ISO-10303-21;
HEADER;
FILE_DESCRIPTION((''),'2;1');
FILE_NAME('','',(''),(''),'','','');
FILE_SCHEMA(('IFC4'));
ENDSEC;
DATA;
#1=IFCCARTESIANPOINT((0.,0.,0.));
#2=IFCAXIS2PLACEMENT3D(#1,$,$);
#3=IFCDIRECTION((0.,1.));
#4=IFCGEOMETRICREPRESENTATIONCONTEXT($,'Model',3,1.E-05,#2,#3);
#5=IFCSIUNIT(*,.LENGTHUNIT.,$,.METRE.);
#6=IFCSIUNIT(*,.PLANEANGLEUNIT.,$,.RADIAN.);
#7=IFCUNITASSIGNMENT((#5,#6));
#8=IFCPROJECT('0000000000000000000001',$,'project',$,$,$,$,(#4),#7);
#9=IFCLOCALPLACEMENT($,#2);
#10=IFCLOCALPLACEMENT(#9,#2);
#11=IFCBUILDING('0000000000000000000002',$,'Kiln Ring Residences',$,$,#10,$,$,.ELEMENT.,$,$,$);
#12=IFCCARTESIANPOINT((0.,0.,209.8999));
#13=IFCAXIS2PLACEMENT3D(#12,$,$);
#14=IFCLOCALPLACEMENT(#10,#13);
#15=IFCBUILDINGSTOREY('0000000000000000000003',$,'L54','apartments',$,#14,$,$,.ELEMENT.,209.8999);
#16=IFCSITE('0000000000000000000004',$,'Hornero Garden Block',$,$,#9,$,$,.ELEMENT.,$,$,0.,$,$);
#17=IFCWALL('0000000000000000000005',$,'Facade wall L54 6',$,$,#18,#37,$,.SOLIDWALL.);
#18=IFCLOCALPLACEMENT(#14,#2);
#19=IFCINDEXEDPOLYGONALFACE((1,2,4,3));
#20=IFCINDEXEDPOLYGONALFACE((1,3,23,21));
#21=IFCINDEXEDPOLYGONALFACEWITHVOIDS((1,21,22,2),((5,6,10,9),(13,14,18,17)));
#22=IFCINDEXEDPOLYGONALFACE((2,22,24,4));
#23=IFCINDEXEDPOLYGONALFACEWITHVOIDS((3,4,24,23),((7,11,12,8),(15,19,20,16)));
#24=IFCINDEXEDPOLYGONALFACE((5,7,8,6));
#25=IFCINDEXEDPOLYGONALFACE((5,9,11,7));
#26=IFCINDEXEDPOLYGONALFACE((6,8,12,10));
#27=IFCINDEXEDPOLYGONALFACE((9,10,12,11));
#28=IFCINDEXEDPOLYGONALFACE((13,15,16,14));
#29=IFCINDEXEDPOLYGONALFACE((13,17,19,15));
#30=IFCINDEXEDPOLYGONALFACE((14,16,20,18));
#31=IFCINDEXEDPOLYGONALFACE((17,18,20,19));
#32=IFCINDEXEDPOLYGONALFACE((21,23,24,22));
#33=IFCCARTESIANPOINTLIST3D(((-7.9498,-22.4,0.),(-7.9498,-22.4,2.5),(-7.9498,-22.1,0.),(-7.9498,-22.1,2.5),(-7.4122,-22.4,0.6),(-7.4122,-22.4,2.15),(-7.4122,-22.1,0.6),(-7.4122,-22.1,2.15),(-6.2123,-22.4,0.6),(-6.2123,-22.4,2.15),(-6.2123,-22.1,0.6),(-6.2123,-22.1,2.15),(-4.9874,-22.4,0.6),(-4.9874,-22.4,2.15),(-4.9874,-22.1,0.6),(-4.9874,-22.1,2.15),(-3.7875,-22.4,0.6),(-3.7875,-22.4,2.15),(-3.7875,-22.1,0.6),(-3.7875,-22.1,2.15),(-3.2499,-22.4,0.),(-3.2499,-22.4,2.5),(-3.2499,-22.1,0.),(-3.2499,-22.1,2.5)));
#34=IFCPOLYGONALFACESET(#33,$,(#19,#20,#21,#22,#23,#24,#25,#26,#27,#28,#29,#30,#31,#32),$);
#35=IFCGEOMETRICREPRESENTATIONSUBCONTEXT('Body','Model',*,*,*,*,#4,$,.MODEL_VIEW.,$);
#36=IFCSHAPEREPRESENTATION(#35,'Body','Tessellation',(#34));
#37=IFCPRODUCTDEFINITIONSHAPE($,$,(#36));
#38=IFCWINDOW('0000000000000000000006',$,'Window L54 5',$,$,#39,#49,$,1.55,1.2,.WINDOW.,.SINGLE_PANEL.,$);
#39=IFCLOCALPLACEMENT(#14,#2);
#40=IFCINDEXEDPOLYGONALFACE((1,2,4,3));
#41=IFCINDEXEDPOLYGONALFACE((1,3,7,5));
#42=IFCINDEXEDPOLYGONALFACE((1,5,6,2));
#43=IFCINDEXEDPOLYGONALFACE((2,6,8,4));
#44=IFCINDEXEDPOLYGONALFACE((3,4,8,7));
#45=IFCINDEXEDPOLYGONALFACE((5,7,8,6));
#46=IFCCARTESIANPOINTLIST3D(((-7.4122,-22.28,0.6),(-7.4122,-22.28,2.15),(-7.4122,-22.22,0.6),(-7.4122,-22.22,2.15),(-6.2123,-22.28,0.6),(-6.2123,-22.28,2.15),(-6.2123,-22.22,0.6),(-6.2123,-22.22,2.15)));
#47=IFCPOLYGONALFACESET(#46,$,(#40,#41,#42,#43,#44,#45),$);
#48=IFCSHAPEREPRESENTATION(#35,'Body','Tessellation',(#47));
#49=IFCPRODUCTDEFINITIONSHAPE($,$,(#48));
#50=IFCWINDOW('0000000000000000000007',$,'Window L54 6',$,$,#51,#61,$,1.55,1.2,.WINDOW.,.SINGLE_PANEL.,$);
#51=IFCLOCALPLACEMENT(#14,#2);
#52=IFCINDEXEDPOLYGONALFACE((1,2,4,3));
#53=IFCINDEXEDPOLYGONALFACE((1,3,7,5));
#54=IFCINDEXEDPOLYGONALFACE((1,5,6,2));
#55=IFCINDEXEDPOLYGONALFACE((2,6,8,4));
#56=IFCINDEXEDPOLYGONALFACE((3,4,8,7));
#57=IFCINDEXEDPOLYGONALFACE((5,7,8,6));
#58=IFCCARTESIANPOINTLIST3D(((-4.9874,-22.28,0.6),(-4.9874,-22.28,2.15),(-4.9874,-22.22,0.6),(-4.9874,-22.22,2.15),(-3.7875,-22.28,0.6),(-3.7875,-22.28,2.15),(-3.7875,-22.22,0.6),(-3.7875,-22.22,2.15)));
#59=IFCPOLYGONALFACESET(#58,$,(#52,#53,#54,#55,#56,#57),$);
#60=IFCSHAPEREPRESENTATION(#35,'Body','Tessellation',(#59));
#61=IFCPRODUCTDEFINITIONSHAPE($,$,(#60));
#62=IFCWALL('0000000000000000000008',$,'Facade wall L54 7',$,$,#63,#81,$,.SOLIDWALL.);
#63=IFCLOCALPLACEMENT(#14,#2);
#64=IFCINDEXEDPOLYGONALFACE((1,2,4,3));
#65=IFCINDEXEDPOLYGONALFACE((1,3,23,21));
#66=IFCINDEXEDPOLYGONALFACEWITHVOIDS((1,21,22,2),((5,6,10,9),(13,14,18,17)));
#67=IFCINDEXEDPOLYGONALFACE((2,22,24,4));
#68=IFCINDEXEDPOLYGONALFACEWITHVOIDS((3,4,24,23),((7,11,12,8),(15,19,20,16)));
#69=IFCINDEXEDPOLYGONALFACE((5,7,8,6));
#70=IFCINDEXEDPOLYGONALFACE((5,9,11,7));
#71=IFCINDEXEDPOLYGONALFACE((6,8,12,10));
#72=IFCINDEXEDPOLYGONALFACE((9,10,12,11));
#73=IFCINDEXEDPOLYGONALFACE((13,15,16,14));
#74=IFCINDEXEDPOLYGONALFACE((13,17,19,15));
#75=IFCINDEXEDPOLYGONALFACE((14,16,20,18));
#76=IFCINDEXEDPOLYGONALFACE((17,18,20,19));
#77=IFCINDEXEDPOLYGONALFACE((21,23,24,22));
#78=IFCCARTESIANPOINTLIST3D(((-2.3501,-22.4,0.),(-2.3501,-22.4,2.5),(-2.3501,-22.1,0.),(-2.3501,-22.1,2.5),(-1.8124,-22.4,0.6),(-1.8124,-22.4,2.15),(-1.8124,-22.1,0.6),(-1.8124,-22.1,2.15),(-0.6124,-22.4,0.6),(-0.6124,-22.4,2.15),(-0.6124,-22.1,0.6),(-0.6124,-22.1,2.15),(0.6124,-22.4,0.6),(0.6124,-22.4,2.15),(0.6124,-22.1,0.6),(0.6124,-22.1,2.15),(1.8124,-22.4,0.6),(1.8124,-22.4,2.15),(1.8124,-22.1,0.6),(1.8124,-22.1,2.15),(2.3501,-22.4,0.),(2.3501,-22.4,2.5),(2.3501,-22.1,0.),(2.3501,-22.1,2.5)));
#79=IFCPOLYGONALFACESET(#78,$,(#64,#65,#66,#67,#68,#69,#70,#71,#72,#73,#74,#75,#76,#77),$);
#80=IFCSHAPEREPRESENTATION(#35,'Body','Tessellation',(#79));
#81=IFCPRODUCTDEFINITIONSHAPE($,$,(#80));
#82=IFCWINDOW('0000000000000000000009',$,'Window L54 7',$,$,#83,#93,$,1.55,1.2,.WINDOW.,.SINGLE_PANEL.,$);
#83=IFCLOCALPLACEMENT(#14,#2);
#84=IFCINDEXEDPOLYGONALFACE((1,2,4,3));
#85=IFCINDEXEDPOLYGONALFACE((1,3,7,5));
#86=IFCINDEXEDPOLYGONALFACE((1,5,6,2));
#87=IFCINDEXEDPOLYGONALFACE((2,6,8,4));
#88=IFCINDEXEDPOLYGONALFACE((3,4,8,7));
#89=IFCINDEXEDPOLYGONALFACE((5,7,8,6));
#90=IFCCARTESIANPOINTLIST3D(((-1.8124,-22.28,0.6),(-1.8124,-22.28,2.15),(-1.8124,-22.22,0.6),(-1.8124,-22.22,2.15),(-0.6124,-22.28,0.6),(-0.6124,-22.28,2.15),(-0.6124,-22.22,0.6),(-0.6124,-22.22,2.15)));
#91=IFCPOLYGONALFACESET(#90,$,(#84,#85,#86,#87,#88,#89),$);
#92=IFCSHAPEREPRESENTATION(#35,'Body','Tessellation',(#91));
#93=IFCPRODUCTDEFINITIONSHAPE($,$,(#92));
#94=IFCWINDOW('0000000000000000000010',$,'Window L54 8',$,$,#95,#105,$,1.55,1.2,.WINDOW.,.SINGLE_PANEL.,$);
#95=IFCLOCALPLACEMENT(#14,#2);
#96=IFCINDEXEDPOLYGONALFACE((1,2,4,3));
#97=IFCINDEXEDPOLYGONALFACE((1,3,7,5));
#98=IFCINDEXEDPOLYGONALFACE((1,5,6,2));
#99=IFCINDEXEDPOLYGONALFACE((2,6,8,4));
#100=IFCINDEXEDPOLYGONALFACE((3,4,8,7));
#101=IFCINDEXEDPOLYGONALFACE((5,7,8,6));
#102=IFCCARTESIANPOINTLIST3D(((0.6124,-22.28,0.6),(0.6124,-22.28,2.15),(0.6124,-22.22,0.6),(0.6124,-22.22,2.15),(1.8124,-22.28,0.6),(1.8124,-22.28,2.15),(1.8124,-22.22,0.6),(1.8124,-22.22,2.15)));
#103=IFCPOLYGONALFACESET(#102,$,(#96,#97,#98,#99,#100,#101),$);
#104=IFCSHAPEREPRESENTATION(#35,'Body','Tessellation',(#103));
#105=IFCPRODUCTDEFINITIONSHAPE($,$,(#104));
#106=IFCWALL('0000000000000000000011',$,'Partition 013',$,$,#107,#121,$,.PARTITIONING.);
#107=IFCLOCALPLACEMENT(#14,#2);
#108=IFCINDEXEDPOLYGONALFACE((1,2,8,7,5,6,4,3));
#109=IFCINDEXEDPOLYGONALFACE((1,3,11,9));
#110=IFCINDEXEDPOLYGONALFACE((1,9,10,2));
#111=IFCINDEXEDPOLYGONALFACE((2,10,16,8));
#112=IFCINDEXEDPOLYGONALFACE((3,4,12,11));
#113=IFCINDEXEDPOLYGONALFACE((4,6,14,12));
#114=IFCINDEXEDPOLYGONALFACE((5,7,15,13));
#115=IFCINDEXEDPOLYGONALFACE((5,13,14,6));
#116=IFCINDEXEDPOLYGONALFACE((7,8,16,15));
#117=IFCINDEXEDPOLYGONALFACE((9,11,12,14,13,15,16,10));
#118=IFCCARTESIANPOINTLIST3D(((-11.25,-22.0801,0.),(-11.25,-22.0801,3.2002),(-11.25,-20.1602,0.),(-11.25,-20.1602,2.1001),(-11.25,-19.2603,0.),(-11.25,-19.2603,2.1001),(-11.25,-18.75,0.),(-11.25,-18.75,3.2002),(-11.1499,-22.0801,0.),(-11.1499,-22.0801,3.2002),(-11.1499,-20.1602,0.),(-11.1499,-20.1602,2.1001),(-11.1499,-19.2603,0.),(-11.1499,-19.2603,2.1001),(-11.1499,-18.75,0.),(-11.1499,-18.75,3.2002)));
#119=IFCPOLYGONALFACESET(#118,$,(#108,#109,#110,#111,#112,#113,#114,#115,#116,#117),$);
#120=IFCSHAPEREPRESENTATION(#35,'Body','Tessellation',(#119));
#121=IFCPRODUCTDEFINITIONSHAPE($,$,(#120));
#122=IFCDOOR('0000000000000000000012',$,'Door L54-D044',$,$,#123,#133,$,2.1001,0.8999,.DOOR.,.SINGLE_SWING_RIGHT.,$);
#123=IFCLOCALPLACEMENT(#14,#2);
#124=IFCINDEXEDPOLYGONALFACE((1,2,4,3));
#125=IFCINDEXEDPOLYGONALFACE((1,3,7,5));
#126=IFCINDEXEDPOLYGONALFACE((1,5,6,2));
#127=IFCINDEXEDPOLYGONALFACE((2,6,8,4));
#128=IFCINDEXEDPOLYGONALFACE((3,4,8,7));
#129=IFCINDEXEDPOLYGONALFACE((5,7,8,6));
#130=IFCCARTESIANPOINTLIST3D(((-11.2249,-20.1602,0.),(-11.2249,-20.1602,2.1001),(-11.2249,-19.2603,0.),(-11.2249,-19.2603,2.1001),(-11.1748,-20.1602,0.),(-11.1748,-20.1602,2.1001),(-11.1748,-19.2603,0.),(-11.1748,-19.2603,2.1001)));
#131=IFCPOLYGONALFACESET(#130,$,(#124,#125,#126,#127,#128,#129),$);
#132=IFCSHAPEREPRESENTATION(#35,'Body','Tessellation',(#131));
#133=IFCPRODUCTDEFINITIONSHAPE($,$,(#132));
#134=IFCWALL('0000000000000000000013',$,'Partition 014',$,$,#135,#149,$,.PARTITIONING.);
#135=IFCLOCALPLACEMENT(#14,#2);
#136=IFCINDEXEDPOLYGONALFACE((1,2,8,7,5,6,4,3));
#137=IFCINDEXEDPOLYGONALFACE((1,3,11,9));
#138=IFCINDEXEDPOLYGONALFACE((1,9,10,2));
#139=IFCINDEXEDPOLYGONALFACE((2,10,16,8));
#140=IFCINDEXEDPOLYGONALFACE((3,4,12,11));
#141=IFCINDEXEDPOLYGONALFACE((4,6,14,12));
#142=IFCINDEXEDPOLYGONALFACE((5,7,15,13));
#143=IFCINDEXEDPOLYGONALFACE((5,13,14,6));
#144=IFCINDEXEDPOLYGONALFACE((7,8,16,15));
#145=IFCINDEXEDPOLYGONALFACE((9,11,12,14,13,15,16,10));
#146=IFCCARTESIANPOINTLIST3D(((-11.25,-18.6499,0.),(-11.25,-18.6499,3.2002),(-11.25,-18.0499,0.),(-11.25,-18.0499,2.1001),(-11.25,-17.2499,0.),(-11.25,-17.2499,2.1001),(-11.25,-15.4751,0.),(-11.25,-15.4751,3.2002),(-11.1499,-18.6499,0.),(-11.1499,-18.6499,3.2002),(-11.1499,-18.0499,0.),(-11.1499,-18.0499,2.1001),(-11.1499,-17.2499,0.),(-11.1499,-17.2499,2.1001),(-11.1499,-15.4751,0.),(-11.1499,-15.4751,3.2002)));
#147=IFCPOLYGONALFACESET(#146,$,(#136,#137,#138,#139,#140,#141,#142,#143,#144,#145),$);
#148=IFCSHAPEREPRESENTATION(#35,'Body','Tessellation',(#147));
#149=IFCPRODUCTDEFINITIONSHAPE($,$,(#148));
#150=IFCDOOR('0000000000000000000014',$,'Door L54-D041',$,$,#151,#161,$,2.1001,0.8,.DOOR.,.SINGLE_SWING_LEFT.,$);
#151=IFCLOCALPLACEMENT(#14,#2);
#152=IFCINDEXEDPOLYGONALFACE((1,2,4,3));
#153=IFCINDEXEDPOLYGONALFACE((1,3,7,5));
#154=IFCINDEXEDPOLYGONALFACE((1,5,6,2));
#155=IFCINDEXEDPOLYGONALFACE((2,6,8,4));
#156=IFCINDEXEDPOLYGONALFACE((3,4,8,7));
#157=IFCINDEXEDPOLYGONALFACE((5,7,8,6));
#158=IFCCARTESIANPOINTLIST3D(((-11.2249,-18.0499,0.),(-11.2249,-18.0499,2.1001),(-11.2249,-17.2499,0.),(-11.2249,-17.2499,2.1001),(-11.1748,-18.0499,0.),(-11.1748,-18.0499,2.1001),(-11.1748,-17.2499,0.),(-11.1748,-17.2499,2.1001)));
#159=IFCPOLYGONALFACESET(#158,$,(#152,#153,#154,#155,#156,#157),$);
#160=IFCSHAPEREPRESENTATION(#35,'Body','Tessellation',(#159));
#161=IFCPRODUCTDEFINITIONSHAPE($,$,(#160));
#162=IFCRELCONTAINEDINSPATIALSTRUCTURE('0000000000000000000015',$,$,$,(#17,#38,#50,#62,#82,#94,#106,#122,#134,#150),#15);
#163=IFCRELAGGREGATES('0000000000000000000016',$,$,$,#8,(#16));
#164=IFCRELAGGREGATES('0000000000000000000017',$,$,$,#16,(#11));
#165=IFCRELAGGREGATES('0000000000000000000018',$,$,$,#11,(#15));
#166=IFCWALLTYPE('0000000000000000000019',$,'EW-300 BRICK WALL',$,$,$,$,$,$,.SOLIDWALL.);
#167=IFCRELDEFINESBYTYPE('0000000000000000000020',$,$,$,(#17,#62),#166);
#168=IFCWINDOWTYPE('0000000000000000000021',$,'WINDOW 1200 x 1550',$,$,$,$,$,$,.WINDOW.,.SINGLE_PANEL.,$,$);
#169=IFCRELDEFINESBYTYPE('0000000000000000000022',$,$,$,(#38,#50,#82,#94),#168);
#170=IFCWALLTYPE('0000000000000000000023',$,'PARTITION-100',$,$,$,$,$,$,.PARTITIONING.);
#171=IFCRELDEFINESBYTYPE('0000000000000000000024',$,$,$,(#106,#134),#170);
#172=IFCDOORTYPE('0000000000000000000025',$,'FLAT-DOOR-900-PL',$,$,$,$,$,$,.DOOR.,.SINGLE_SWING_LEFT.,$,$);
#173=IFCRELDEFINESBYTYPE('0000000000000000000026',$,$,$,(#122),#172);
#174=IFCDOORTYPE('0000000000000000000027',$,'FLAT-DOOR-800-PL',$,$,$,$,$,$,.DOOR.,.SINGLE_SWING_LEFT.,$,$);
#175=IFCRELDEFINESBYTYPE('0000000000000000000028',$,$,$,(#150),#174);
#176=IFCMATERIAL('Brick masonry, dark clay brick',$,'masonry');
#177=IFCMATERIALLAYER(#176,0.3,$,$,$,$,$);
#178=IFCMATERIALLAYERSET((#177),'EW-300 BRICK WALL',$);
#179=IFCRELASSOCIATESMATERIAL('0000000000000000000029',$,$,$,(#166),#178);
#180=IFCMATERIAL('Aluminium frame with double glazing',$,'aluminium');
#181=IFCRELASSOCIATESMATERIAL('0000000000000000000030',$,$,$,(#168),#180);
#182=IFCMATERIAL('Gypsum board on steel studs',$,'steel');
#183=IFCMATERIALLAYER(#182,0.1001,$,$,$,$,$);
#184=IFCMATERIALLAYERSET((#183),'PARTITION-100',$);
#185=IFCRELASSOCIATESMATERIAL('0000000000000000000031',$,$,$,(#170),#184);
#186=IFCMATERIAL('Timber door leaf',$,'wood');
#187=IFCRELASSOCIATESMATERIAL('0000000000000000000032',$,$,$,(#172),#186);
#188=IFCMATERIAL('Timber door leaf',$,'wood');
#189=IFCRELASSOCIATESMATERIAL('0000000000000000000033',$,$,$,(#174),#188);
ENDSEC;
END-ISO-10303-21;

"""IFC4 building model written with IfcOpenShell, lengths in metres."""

from ifc_helpers import new_model, si_unit, direction, frame, frame_2d, origin, place, context, subcontext, project, spatial, rectangle, extrude, material, layer, layer_set, type_object, element, fill, save


model = new_model("IFC4")

# Units and contexts
model_context = context("Model", 3, precision=1e-05, world=origin(), true_north=direction((0.0, 1.0)))
body_context = subcontext(model_context, "Body", "Model", "MODEL_VIEW")
ifc_project = project(units=[si_unit("LENGTHUNIT", "METRE"), si_unit("PLANEANGLEUNIT", "RADIAN")], contexts=[model_context])

# Site, building, storey
site_placement = place(None, origin())
site = spatial("IfcSite", under=ifc_project, at=site_placement, Name="Hornero Garden Block", CompositionType="ELEMENT", RefElevation=0.0)
building_placement = place(site_placement, origin())
building = spatial("IfcBuilding", under=site, at=building_placement, Name="Kiln Ring Residences", CompositionType="ELEMENT")
storey_placement = place(building_placement, frame((0.0, 0.0, 209.8999)))
storey = spatial("IfcBuildingStorey", under=building, at=storey_placement, Name="L54", Description="apartments", CompositionType="ELEMENT", Elevation=209.8999)

# Walls, openings, windows
ifc_material_1 = material(Name="Brick masonry, dark clay brick", Category="masonry")
ifc_layer_1 = layer(ifc_material_1, 0.3)
ifc_layer_set_1 = layer_set([ifc_layer_1], Name="EW-300 BRICK WALL")
wall_type_1 = type_object("IfcWallType", Name="EW-300 BRICK WALL", PredefinedType="SOLIDWALL", material=ifc_layer_set_1)
ifc_material_2 = material(Name="Aluminium frame with double glazing", Category="aluminium")
window_type = type_object("IfcWindowType", Name="WINDOW 1200 x 1550", PartitioningType="SINGLE_PANEL", PredefinedType="WINDOW", material=ifc_material_2)
wall_1_placement = place(storey_placement, frame((-7.95, -22.25, 0.0), z_axis=(0.0, 0.0, 1.0), x_axis=(1.0, 0.0, 0.0)))
wall_1 = element("IfcWall", 1, at=wall_1_placement, inside=storey, type_object=wall_type_1, Name="Facade wall L54 6", PredefinedType="SOLIDWALL", context=body_context, shape_type="SweptSolid", body=[
    extrude(rectangle(XDim=4.7, YDim=0.3, at=frame_2d((2.3501, 0.0))), origin(), (0.0, 0.0, 1.0), 2.5),
])
opening_1_placement = place(wall_1_placement, frame((0.5376, 0.0, 0.6001)))
opening_1 = element("IfcOpeningElement", 2, at=opening_1_placement, cuts=wall_1, PredefinedType="OPENING", context=body_context, shape_type="SweptSolid", body=[
    extrude(rectangle(XDim=1.2, YDim=1.55, at=frame_2d((0.6001, 0.7749))), frame((0.0, 0.1599, 0.0), z_axis=(0.0, -1.0, 0.0), x_axis=(1.0, 0.0, 0.0)), (0.0, 0.0, 1.0), 0.3201),
])
opening_2_placement = place(wall_1_placement, frame((2.9624, 0.0, 0.6001)))
opening_2 = element("IfcOpeningElement", 3, at=opening_2_placement, cuts=wall_1, PredefinedType="OPENING", context=body_context, shape_type="SweptSolid", body=[
    extrude(rectangle(XDim=1.2, YDim=1.55, at=frame_2d((0.6001, 0.7749))), frame((0.0, 0.1599, 0.0), z_axis=(0.0, -1.0, 0.0), x_axis=(1.0, 0.0, 0.0)), (0.0, 0.0, 1.0), 0.3201),
])
window_1_placement = place(opening_1_placement, origin())
window_1 = element("IfcWindow", 4, at=window_1_placement, inside=storey, type_object=window_type, Name="Window L54 5", OverallHeight=1.55, OverallWidth=1.2, PartitioningType="SINGLE_PANEL", PredefinedType="WINDOW", context=body_context, shape_type="SweptSolid", body=[
    extrude(rectangle(XDim=1.2, YDim=1.55, at=frame_2d((0.6001, 0.7749))), frame((0.0, 0.03, 0.0), z_axis=(0.0, -1.0, 0.0), x_axis=(1.0, 0.0, 0.0)), (0.0, 0.0, 1.0), 0.0601),
])
fill(opening_1, window_1)
window_2_placement = place(opening_2_placement, origin())
window_2 = element("IfcWindow", 5, at=window_2_placement, inside=storey, type_object=window_type, Name="Window L54 6", OverallHeight=1.55, OverallWidth=1.2, PartitioningType="SINGLE_PANEL", PredefinedType="WINDOW", context=body_context, shape_type="SweptSolid", body=[
    extrude(rectangle(XDim=1.2, YDim=1.55, at=frame_2d((0.6001, 0.7749))), frame((0.0, 0.03, 0.0), z_axis=(0.0, -1.0, 0.0), x_axis=(1.0, 0.0, 0.0)), (0.0, 0.0, 1.0), 0.0601),
])
fill(opening_2, window_2)
wall_2_placement = place(storey_placement, frame((-2.3501, -22.25, 0.0), z_axis=(0.0, 0.0, 1.0), x_axis=(1.0, 0.0, 0.0)))
wall_2 = element("IfcWall", 6, at=wall_2_placement, inside=storey, type_object=wall_type_1, Name="Facade wall L54 7", PredefinedType="SOLIDWALL", context=body_context, shape_type="SweptSolid", body=[
    extrude(rectangle(XDim=4.7002, YDim=0.3, at=frame_2d((2.3501, 0.0))), origin(), (0.0, 0.0, 1.0), 2.5),
])
opening_3_placement = place(wall_2_placement, frame((0.5376, 0.0, 0.6001)))
opening_3 = element("IfcOpeningElement", 7, at=opening_3_placement, cuts=wall_2, PredefinedType="OPENING", context=body_context, shape_type="SweptSolid", body=[
    extrude(rectangle(XDim=1.2, YDim=1.55, at=frame_2d((0.6001, 0.7749))), frame((0.0, 0.1599, 0.0), z_axis=(0.0, -1.0, 0.0), x_axis=(1.0, 0.0, 0.0)), (0.0, 0.0, 1.0), 0.3201),
])
opening_4_placement = place(wall_2_placement, frame((2.9624, 0.0, 0.6001)))
opening_4 = element("IfcOpeningElement", 8, at=opening_4_placement, cuts=wall_2, PredefinedType="OPENING", context=body_context, shape_type="SweptSolid", body=[
    extrude(rectangle(XDim=1.2, YDim=1.55, at=frame_2d((0.6001, 0.7749))), frame((0.0, 0.1599, 0.0), z_axis=(0.0, -1.0, 0.0), x_axis=(1.0, 0.0, 0.0)), (0.0, 0.0, 1.0), 0.3201),
])
window_3_placement = place(opening_3_placement, origin())
window_3 = element("IfcWindow", 9, at=window_3_placement, inside=storey, type_object=window_type, Name="Window L54 7", OverallHeight=1.55, OverallWidth=1.2, PartitioningType="SINGLE_PANEL", PredefinedType="WINDOW", context=body_context, shape_type="SweptSolid", body=[
    extrude(rectangle(XDim=1.2, YDim=1.55, at=frame_2d((0.6001, 0.7749))), frame((0.0, 0.03, 0.0), z_axis=(0.0, -1.0, 0.0), x_axis=(1.0, 0.0, 0.0)), (0.0, 0.0, 1.0), 0.0601),
])
fill(opening_3, window_3)
window_4_placement = place(opening_4_placement, origin())
window_4 = element("IfcWindow", 10, at=window_4_placement, inside=storey, type_object=window_type, Name="Window L54 8", OverallHeight=1.55, OverallWidth=1.2, PartitioningType="SINGLE_PANEL", PredefinedType="WINDOW", context=body_context, shape_type="SweptSolid", body=[
    extrude(rectangle(XDim=1.2, YDim=1.55, at=frame_2d((0.6001, 0.7749))), frame((0.0, 0.03, 0.0), z_axis=(0.0, -1.0, 0.0), x_axis=(1.0, 0.0, 0.0)), (0.0, 0.0, 1.0), 0.0601),
])
fill(opening_4, window_4)

# Walls, openings, doors
ifc_material_3 = material(Name="Gypsum board on steel studs", Category="steel")
ifc_layer_2 = layer(ifc_material_3, 0.1001)
ifc_layer_set_2 = layer_set([ifc_layer_2], Name="PARTITION-100")
wall_type_2 = type_object("IfcWallType", Name="PARTITION-100", PredefinedType="PARTITIONING", material=ifc_layer_set_2)
wall_3_placement = place(storey_placement, frame((-11.2, -22.0801, 0.0), z_axis=(0.0, 0.0, 1.0), x_axis=(0.0, 1.0, 0.0)))
wall_3 = element("IfcWall", 11, at=wall_3_placement, inside=storey, type_object=wall_type_2, Name="Partition 013", PredefinedType="PARTITIONING", context=body_context, shape_type="SweptSolid", body=[
    extrude(rectangle(XDim=3.3301, YDim=0.1001, at=frame_2d((1.665, 0.0))), origin(), (0.0, 0.0, 1.0), 3.2002),
])
opening_5_placement = place(wall_3_placement, frame((1.9199, 0.0, 0.0)))
opening_5 = element("IfcOpeningElement", 12, at=opening_5_placement, cuts=wall_3, PredefinedType="OPENING", context=body_context, shape_type="SweptSolid", body=[
    extrude(rectangle(XDim=0.8999, YDim=2.1001, at=frame_2d((0.45, 1.05))), frame((0.0, 0.0601, 0.0), z_axis=(0.0, -1.0, 0.0), x_axis=(1.0, 0.0, 0.0)), (0.0, 0.0, 1.0), 0.1201),
])
ifc_material_4 = material(Name="Timber door leaf", Category="wood")
door_type_1 = type_object("IfcDoorType", Name="FLAT-DOOR-900-PL", OperationType="SINGLE_SWING_LEFT", PredefinedType="DOOR", material=ifc_material_4)
door_1_placement = place(opening_5_placement, origin())
door_1 = element("IfcDoor", 13, at=door_1_placement, inside=storey, type_object=door_type_1, Name="Door L54-D044", OperationType="SINGLE_SWING_RIGHT", OverallHeight=2.1001, OverallWidth=0.8999, PredefinedType="DOOR", context=body_context, shape_type="SweptSolid", body=[
    extrude(rectangle(XDim=0.8999, YDim=2.1001, at=frame_2d((0.45, 1.05))), frame((0.0, 0.0249, 0.0), z_axis=(0.0, -1.0, 0.0), x_axis=(1.0, 0.0, 0.0)), (0.0, 0.0, 1.0), 0.05),
])
fill(opening_5, door_1)
wall_4_placement = place(storey_placement, frame((-11.2, -18.6499, 0.0), z_axis=(0.0, 0.0, 1.0), x_axis=(0.0, 1.0, 0.0)))
wall_4 = element("IfcWall", 14, at=wall_4_placement, inside=storey, type_object=wall_type_2, Name="Partition 014", PredefinedType="PARTITIONING", context=body_context, shape_type="SweptSolid", body=[
    extrude(rectangle(XDim=3.1748, YDim=0.1001, at=frame_2d((1.5874, 0.0))), origin(), (0.0, 0.0, 1.0), 3.2002),
])
opening_6_placement = place(wall_4_placement, frame((0.6001, 0.0, 0.0)))
opening_6 = element("IfcOpeningElement", 15, at=opening_6_placement, cuts=wall_4, PredefinedType="OPENING", context=body_context, shape_type="SweptSolid", body=[
    extrude(rectangle(XDim=0.8, YDim=2.1001, at=frame_2d((0.3999, 1.05))), frame((0.0, 0.0601, 0.0), z_axis=(0.0, -1.0, 0.0), x_axis=(1.0, 0.0, 0.0)), (0.0, 0.0, 1.0), 0.1201),
])
ifc_material_5 = material(Name="Timber door leaf", Category="wood")
door_type_2 = type_object("IfcDoorType", Name="FLAT-DOOR-800-PL", OperationType="SINGLE_SWING_LEFT", PredefinedType="DOOR", material=ifc_material_5)
door_2_placement = place(opening_6_placement, origin())
door_2 = element("IfcDoor", 16, at=door_2_placement, inside=storey, type_object=door_type_2, Name="Door L54-D041", OperationType="SINGLE_SWING_LEFT", OverallHeight=2.1001, OverallWidth=0.8, PredefinedType="DOOR", context=body_context, shape_type="SweptSolid", body=[
    extrude(rectangle(XDim=0.8, YDim=2.1001, at=frame_2d((0.3999, 1.05))), frame((0.0, 0.0249, 0.0), z_axis=(0.0, -1.0, 0.0), x_axis=(1.0, 0.0, 0.0)), (0.0, 0.0, 1.0), 0.05),
])
fill(opening_6, door_2)

save(model, "model.ifc")
